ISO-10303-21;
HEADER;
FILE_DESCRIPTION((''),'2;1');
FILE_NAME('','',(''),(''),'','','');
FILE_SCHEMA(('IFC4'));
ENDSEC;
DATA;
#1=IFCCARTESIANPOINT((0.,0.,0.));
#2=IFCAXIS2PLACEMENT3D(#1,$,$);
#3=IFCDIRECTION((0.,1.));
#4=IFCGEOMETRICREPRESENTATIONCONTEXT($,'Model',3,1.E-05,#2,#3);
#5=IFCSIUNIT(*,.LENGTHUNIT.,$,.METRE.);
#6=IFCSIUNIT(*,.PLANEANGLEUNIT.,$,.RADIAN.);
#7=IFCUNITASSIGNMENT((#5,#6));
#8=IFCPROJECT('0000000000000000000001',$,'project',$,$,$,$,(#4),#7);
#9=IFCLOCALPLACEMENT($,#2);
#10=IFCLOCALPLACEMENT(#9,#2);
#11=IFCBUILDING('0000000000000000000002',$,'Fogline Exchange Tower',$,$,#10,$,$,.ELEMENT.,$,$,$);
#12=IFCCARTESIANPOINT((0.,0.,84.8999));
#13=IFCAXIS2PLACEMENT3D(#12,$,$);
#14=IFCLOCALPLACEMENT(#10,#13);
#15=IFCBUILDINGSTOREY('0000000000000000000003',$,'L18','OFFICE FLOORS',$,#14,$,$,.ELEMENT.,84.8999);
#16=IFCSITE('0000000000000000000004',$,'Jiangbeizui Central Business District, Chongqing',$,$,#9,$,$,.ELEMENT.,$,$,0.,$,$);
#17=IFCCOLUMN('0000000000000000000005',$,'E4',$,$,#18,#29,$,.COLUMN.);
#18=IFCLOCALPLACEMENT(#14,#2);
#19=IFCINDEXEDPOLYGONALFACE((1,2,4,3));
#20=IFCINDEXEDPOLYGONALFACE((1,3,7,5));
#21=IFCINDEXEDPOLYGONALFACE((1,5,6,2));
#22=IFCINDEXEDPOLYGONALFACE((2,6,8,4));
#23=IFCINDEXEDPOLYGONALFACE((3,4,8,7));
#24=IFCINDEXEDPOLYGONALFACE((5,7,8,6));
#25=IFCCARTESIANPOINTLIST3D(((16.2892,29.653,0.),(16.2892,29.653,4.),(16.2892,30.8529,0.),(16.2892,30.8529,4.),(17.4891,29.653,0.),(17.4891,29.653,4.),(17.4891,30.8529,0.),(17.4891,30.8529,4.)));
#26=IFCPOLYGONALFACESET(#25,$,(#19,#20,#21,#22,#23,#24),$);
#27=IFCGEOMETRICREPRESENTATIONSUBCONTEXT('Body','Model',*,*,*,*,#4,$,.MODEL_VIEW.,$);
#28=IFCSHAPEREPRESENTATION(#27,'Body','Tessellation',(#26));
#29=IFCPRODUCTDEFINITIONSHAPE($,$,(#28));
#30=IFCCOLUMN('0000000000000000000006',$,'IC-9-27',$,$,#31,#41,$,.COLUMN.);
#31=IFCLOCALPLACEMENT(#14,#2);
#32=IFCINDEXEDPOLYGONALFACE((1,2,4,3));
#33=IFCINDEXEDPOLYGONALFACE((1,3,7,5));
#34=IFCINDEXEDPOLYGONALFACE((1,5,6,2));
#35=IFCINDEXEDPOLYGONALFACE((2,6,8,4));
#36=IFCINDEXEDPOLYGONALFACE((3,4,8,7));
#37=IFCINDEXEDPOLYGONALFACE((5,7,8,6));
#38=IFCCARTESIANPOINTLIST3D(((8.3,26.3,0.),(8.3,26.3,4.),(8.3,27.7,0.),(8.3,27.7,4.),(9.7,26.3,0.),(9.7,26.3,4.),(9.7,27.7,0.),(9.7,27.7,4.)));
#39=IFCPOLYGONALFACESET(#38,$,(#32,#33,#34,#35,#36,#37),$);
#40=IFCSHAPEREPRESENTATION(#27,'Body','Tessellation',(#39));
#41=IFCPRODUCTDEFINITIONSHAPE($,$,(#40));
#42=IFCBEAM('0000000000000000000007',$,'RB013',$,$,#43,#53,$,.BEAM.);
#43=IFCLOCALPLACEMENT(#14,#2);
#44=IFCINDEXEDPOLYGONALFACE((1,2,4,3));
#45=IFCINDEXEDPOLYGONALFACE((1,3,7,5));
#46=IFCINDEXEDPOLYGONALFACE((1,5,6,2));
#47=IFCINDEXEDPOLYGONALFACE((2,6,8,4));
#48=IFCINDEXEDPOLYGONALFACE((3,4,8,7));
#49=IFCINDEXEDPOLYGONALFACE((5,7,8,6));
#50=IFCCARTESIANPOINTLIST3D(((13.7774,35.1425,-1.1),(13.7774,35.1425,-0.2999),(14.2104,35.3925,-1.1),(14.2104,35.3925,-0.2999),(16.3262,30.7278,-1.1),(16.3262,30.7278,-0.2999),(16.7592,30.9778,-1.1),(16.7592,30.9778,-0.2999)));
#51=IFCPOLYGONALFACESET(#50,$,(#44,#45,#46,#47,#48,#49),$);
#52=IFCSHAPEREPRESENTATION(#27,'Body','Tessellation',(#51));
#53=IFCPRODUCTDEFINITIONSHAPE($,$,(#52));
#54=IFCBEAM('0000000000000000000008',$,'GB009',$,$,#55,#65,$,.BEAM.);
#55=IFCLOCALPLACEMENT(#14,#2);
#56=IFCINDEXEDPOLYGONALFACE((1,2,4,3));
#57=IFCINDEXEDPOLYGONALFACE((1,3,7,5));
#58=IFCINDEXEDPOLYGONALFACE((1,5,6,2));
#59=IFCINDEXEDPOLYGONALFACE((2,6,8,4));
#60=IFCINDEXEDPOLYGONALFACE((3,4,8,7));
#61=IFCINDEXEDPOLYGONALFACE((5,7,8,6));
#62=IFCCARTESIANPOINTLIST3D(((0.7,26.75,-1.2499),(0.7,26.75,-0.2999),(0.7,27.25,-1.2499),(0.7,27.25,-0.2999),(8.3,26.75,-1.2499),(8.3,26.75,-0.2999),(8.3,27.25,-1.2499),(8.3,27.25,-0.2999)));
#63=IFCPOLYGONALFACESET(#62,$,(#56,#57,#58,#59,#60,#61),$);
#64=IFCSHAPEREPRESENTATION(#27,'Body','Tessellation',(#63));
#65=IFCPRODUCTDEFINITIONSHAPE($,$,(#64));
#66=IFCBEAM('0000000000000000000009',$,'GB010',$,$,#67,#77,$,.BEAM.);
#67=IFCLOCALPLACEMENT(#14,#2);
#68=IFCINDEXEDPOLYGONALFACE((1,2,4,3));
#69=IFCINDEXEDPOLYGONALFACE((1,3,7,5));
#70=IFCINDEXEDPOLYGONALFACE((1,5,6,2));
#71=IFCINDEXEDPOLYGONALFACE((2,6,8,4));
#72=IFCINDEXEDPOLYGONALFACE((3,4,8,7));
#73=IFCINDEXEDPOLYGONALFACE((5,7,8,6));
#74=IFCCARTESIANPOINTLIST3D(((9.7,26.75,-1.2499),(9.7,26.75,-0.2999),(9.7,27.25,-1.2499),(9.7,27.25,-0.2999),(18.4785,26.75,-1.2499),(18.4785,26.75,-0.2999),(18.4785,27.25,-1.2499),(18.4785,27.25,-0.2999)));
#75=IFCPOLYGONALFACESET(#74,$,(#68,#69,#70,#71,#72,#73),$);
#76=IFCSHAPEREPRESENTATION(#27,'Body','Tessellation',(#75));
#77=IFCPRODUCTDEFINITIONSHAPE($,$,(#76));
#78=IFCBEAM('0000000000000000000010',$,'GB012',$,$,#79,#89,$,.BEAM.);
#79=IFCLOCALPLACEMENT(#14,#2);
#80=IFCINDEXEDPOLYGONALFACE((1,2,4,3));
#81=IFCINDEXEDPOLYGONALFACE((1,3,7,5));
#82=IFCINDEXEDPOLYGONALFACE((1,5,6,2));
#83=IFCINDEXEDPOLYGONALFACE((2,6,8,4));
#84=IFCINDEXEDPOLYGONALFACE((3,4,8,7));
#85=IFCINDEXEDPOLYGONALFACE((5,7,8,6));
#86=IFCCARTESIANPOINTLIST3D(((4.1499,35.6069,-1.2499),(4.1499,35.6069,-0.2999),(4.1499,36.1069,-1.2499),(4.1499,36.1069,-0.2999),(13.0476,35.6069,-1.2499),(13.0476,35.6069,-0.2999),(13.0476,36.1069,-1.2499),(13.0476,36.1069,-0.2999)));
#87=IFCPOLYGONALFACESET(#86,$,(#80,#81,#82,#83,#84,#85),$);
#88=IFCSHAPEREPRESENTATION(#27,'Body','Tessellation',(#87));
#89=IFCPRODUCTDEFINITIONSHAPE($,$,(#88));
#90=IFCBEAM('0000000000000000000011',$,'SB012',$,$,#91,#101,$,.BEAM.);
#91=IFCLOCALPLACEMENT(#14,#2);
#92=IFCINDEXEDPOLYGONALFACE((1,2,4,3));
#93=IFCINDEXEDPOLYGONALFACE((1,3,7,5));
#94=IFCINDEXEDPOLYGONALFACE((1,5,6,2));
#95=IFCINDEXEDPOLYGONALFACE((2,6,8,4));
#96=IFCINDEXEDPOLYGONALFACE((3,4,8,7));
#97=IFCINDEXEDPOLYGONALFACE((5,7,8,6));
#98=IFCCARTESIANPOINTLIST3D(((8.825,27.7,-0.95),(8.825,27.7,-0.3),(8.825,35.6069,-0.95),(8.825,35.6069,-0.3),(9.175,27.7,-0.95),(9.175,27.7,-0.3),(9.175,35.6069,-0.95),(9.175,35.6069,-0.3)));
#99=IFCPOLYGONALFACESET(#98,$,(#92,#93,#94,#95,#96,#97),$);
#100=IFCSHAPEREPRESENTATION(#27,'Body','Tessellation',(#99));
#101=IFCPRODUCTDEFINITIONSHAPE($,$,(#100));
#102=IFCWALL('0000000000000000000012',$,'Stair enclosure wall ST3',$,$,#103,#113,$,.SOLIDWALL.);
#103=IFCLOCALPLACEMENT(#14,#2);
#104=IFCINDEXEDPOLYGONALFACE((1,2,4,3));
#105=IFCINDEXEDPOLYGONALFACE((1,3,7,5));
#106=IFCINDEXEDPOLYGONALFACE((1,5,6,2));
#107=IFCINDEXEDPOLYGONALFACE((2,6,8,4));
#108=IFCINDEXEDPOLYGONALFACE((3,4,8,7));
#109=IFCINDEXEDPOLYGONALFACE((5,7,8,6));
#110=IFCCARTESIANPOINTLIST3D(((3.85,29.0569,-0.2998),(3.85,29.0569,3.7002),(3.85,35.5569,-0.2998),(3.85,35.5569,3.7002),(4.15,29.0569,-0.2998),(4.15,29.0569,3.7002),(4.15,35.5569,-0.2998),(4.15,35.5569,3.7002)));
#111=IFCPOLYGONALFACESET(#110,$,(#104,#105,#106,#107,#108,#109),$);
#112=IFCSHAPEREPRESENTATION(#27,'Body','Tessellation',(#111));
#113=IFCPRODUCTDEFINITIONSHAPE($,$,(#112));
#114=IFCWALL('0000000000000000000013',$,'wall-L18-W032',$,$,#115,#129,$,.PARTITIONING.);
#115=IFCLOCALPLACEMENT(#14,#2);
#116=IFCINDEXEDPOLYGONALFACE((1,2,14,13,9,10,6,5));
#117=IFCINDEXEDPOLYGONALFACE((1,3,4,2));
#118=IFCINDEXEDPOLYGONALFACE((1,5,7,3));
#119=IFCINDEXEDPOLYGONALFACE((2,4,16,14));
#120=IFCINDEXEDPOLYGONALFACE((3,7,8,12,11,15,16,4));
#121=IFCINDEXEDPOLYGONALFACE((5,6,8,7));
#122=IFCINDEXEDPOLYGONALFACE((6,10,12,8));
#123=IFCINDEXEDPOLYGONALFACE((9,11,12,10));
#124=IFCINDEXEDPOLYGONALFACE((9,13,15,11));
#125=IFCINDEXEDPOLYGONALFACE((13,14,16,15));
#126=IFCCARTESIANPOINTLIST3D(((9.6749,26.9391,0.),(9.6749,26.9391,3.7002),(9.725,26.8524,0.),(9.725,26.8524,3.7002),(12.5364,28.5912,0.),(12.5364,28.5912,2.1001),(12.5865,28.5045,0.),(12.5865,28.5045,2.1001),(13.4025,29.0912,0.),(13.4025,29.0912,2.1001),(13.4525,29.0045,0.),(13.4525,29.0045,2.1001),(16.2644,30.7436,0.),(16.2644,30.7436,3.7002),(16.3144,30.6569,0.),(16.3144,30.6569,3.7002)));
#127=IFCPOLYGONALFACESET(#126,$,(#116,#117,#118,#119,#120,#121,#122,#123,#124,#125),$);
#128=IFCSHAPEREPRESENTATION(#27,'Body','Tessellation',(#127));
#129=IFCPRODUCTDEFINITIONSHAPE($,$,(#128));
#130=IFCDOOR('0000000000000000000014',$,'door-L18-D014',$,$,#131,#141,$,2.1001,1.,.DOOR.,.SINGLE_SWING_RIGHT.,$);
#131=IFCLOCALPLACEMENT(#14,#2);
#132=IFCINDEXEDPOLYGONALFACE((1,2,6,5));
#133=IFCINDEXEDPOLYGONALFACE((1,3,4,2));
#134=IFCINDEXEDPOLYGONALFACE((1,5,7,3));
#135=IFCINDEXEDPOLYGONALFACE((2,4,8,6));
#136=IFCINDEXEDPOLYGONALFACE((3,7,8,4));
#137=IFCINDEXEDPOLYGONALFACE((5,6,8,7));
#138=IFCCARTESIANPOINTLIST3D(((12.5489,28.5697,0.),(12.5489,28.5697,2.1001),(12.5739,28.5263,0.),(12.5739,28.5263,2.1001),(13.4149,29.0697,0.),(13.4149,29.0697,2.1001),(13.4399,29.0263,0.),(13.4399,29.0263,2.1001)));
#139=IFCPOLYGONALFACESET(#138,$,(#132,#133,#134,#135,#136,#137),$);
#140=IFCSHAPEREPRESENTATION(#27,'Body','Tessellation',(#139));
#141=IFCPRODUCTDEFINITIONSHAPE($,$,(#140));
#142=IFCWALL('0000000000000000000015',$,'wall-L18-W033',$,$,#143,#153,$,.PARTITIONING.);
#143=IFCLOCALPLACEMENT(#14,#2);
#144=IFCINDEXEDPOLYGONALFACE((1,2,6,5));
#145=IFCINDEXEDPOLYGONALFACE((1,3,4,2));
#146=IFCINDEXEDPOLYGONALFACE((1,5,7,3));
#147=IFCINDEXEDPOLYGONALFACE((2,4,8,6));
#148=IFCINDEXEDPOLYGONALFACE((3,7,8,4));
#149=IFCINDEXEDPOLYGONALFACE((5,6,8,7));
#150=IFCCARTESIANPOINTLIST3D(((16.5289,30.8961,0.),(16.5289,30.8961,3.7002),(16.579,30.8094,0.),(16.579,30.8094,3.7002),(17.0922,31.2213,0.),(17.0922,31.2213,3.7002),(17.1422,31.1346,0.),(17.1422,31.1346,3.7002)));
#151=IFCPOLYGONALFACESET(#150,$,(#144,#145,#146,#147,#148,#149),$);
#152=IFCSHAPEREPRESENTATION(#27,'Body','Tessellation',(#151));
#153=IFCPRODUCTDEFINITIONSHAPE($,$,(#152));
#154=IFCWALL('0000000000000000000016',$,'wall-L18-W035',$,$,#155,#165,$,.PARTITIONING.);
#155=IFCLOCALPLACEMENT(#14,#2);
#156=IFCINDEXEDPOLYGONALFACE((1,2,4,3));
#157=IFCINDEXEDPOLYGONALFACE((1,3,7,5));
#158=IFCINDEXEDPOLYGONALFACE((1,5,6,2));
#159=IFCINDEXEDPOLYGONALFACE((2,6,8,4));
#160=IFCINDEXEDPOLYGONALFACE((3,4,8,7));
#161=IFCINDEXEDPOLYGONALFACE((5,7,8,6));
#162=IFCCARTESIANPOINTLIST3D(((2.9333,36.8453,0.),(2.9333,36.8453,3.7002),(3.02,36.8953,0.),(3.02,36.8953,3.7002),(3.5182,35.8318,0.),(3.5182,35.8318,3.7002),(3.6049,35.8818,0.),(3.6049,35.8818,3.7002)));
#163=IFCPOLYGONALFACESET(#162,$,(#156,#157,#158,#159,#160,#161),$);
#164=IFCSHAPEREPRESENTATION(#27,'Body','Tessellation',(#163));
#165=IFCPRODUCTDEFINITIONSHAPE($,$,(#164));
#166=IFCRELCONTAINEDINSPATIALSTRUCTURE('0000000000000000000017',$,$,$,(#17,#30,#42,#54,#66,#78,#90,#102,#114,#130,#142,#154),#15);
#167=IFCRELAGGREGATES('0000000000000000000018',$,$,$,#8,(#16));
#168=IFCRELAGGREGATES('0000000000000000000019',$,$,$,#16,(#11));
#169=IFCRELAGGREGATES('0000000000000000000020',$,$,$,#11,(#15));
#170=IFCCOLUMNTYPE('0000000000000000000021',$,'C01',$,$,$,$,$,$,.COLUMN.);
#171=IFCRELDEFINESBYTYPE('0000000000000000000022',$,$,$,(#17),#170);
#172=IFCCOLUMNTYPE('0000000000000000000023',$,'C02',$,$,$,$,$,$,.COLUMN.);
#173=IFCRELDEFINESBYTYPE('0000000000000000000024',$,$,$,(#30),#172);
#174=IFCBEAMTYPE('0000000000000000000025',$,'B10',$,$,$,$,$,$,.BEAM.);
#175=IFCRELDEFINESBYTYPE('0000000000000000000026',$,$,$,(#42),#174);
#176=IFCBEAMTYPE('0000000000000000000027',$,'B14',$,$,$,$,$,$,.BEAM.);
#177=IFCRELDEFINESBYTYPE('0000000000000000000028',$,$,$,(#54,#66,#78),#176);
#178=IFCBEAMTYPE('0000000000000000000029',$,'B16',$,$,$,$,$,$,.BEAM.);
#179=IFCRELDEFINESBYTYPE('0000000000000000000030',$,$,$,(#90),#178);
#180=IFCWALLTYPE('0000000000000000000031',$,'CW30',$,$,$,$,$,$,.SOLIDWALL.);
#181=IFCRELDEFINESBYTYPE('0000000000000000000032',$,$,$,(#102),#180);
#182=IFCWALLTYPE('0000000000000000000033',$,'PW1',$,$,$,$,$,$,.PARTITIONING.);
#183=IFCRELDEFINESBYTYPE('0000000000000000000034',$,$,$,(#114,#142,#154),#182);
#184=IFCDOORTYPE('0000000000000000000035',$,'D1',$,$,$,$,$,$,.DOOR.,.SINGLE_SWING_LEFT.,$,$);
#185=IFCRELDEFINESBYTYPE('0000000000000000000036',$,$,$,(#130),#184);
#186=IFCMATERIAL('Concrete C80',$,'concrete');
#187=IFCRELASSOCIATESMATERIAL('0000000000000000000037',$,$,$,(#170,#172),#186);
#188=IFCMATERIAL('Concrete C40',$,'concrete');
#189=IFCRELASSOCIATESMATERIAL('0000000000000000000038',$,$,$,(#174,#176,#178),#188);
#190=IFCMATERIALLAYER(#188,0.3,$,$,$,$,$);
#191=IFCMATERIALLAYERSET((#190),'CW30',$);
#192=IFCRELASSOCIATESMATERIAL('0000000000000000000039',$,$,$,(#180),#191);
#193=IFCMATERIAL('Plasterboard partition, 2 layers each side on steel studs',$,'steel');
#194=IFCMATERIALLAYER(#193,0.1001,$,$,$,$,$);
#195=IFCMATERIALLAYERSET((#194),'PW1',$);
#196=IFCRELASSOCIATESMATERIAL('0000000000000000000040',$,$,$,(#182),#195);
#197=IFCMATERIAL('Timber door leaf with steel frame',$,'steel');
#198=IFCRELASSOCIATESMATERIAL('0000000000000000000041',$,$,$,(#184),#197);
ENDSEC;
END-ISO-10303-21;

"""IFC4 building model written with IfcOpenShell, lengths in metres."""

from ifc_helpers import new_model, si_unit, direction, frame, frame_2d, origin, origin_2d, place, context, subcontext, project, spatial, rectangle, extrude, material, layer, layer_set, material_profile, profile_set, type_object, element, fill, save


model = new_model("IFC4")

# Units and contexts
model_context = context("Model", 3, precision=1e-05, world=origin(), true_north=direction((0.0, 1.0)))
body_context = subcontext(model_context, "Body", "Model", "MODEL_VIEW")
ifc_project = project(units=[si_unit("LENGTHUNIT", "METRE"), si_unit("PLANEANGLEUNIT", "RADIAN")], contexts=[model_context])

# Site, building, storey
site_placement = place(None, origin())
site = spatial("IfcSite", under=ifc_project, at=site_placement, Name="Jiangbeizui Central Business District, Chongqing", CompositionType="ELEMENT", RefElevation=0.0)
building_placement = place(site_placement, origin())
building = spatial("IfcBuilding", under=site, at=building_placement, Name="Fogline Exchange Tower", CompositionType="ELEMENT")
storey_placement = place(building_placement, frame((0.0, 0.0, 84.8999)))
storey = spatial("IfcBuildingStorey", under=building, at=storey_placement, Name="L18", Description="OFFICE FLOORS", CompositionType="ELEMENT", Elevation=84.8999)

# Columns
ifc_material_1 = material(Name="Concrete C80", Category="concrete")
ifc_material_profile_1 = material_profile(ifc_material_1, rectangle(XDim=1.2, YDim=1.2, at=origin_2d()), Name="RC 1200x1200")
ifc_profile_set_1 = profile_set([ifc_material_profile_1], Name="Concrete C80")
column_type_1 = type_object("IfcColumnType", Name="C01", PredefinedType="COLUMN", material=ifc_profile_set_1)
column_1_placement = place(storey_placement, frame((16.8892, 30.2529, 0.0), z_axis=(0.0, 0.0, 1.0), x_axis=(1.0, 0.0, 0.0)))
element("IfcColumn", 1, at=column_1_placement, inside=storey, type_object=column_type_1, Name="E4", PredefinedType="COLUMN", context=body_context, shape_type="SweptSolid", body=[
    extrude(rectangle(XDim=1.2, YDim=1.2, at=origin_2d()), origin(), (0.0, 0.0, 1.0), 4.0),
])
ifc_material_profile_2 = material_profile(ifc_material_1, rectangle(XDim=1.3999, YDim=1.3999, at=origin_2d()), Name="RC 1400x1400")
ifc_profile_set_2 = profile_set([ifc_material_profile_2], Name="Concrete C80")
column_type_2 = type_object("IfcColumnType", Name="C02", PredefinedType="COLUMN", material=ifc_profile_set_2)
column_2_placement = place(storey_placement, frame((9.0, 27.0, 0.0), z_axis=(0.0, 0.0, 1.0), x_axis=(1.0, 0.0, 0.0)))
element("IfcColumn", 2, at=column_2_placement, inside=storey, type_object=column_type_2, Name="IC-9-27", PredefinedType="COLUMN", context=body_context, shape_type="SweptSolid", body=[
    extrude(rectangle(XDim=1.3999, YDim=1.3999, at=origin_2d()), origin(), (0.0, 0.0, 1.0), 4.0),
])

# Beams
ifc_material_2 = material(Name="Concrete C40", Category="concrete")
ifc_material_profile_3 = material_profile(ifc_material_2, rectangle(XDim=0.5, YDim=0.8, at=origin_2d()), Name="RC 500x800")
ifc_profile_set_3 = profile_set([ifc_material_profile_3], Name="Concrete C40")
beam_type_1 = type_object("IfcBeamType", Name="B10", PredefinedType="BEAM", material=ifc_profile_set_3)
beam_1_placement = place(storey_placement, frame((16.5427, 30.8528, -0.7), z_axis=(-0.499992, 0.86603, 0.0), x_axis=(-0.86603, -0.499992, 0.0)))
element("IfcBeam", 3, at=beam_1_placement, inside=storey, type_object=beam_type_1, Name="RB013", PredefinedType="BEAM", context=body_context, shape_type="SweptSolid", body=[
    extrude(rectangle(XDim=0.5, YDim=0.8, at=origin_2d()), origin(), (0.0, 0.0, 1.0), 5.0977),
])
ifc_material_profile_4 = material_profile(ifc_material_2, rectangle(XDim=0.5, YDim=0.95, at=origin_2d()), Name="RC 500x950")
ifc_profile_set_4 = profile_set([ifc_material_profile_4], Name="Concrete C40")
beam_type_2 = type_object("IfcBeamType", Name="B14", PredefinedType="BEAM", material=ifc_profile_set_4)
beam_2_placement = place(storey_placement, frame((0.7, 27.0, -0.7749), z_axis=(1.0, 0.0, 0.0), x_axis=(0.0, 1.0, 0.0)))
element("IfcBeam", 4, at=beam_2_placement, inside=storey, type_object=beam_type_2, Name="GB009", PredefinedType="BEAM", context=body_context, shape_type="SweptSolid", body=[
    extrude(rectangle(XDim=0.5, YDim=0.95, at=origin_2d()), origin(), (0.0, 0.0, 1.0), 7.6001),
])
beam_3_placement = place(storey_placement, frame((9.7, 27.0, -0.7749), z_axis=(1.0, 0.0, 0.0), x_axis=(0.0, 1.0, 0.0)))
element("IfcBeam", 5, at=beam_3_placement, inside=storey, type_object=beam_type_2, Name="GB010", PredefinedType="BEAM", context=body_context, shape_type="SweptSolid", body=[
    extrude(rectangle(XDim=0.5, YDim=0.95, at=origin_2d()), origin(), (0.0, 0.0, 1.0), 8.7786),
])
beam_4_placement = place(storey_placement, frame((4.1499, 35.8569, -0.7749), z_axis=(1.0, 0.0, 0.0), x_axis=(0.0, 1.0, 0.0)))
element("IfcBeam", 6, at=beam_4_placement, inside=storey, type_object=beam_type_2, Name="GB012", PredefinedType="BEAM", context=body_context, shape_type="SweptSolid", body=[
    extrude(rectangle(XDim=0.5, YDim=0.95, at=origin_2d()), origin(), (0.0, 0.0, 1.0), 8.8977),
])
ifc_material_profile_5 = material_profile(ifc_material_2, rectangle(XDim=0.3501, YDim=0.6499, at=origin_2d()), Name="RC 350x650")
ifc_profile_set_5 = profile_set([ifc_material_profile_5], Name="Concrete C40")
beam_type_3 = type_object("IfcBeamType", Name="B16", PredefinedType="BEAM", material=ifc_profile_set_5)
beam_5_placement = place(storey_placement, frame((9.0, 27.7, -0.625), z_axis=(0.0, 1.0, 0.0), x_axis=(-1.0, 0.0, 0.0)))
element("IfcBeam", 7, at=beam_5_placement, inside=storey, type_object=beam_type_3, Name="SB012", PredefinedType="BEAM", context=body_context, shape_type="SweptSolid", body=[
    extrude(rectangle(XDim=0.3501, YDim=0.6499, at=origin_2d()), origin(), (0.0, 0.0, 1.0), 7.907),
])

# Wall
ifc_layer_1 = layer(ifc_material_2, 0.3)
ifc_layer_set_1 = layer_set([ifc_layer_1], Name="CW30")
wall_type_1 = type_object("IfcWallType", Name="CW30", PredefinedType="SOLIDWALL", material=ifc_layer_set_1)
wall_1_placement = place(storey_placement, frame((4.0, 29.0569, -0.2998), z_axis=(0.0, 0.0, 1.0), x_axis=(0.0, 1.0, 0.0)))
element("IfcWall", 8, at=wall_1_placement, inside=storey, type_object=wall_type_1, Name="Stair enclosure wall ST3", PredefinedType="SOLIDWALL", context=body_context, shape_type="SweptSolid", body=[
    extrude(rectangle(XDim=6.5, YDim=0.3, at=frame_2d((3.25, 0.0))), origin(), (0.0, 0.0, 1.0), 4.0),
])

# Wall, opening, door
ifc_material_3 = material(Name="Plasterboard partition, 2 layers each side on steel studs", Category="steel")
ifc_layer_2 = layer(ifc_material_3, 0.1001)
ifc_layer_set_2 = layer_set([ifc_layer_2], Name="PW1")
wall_type_2 = type_object("IfcWallType", Name="PW1", PredefinedType="PARTITIONING", material=ifc_layer_set_2)
wall_2_placement = place(storey_placement, frame((9.7, 26.8958, 0.0), z_axis=(0.0, 0.0, 1.0), x_axis=(0.866021, 0.500008, 0.0)))
wall_2 = element("IfcWall", 9, at=wall_2_placement, inside=storey, type_object=wall_type_2, Name="wall-L18-W032", PredefinedType="PARTITIONING", context=body_context, shape_type="SweptSolid", body=[
    extrude(rectangle(XDim=7.6089, YDim=0.1001, at=frame_2d((3.8044, 0.0))), origin(), (0.0, 0.0, 1.0), 3.7002),
])
opening_1_placement = place(wall_2_placement, frame((3.3042, 0.0, 0.0)))
opening_1 = element("IfcOpeningElement", 10, at=opening_1_placement, cuts=wall_2, PredefinedType="OPENING", context=body_context, shape_type="SweptSolid", body=[
    extrude(rectangle(XDim=1.0, YDim=2.1001, at=frame_2d((0.5, 1.05))), frame((0.0, 0.0601, 0.0), z_axis=(0.0, -1.0, 0.0), x_axis=(1.0, 0.0, 0.0)), (0.0, 0.0, 1.0), 0.1201),
])
ifc_material_4 = material(Name="Timber door leaf with steel frame", Category="steel")
door_type_1 = type_object("IfcDoorType", Name="D1", OperationType="SINGLE_SWING_LEFT", PredefinedType="DOOR", material=ifc_material_4)
door_1_placement = place(opening_1_placement, frame((1.0, 0.0, 0.0), z_axis=(0.0, 0.0, 1.0), x_axis=(-1.0, 0.0, 0.0)))
door_1 = element("IfcDoor", 11, at=door_1_placement, inside=storey, type_object=door_type_1, Name="door-L18-D014", OperationType="SINGLE_SWING_RIGHT", OverallHeight=2.1001, OverallWidth=1.0, PredefinedType="DOOR", context=body_context, shape_type="SweptSolid", body=[
    extrude(rectangle(XDim=1.0, YDim=2.1001, at=frame_2d((0.5, 1.05))), frame((0.0, 0.0249, 0.0), z_axis=(0.0, -1.0, 0.0), x_axis=(1.0, 0.0, 0.0)), (0.0, 0.0, 1.0), 0.05),
])
fill(opening_1, door_1)

# Walls
wall_3_placement = place(storey_placement, frame((16.554, 30.8528, 0.0), z_axis=(0.0, 0.0, 1.0), x_axis=(0.866017, 0.500015, 0.0)))
element("IfcWall", 12, at=wall_3_placement, inside=storey, type_object=wall_type_2, Name="wall-L18-W033", PredefinedType="PARTITIONING", context=body_context, shape_type="SweptSolid", body=[
    extrude(rectangle(XDim=0.6504, YDim=0.1001, at=frame_2d((0.3252, 0.0))), origin(), (0.0, 0.0, 1.0), 3.7002),
])
wall_4_placement = place(storey_placement, frame((3.5615, 35.8569, 0.0), z_axis=(0.0, 0.0, 1.0), x_axis=(-0.499909, 0.866078, 0.0)))
element("IfcWall", 13, at=wall_4_placement, inside=storey, type_object=wall_type_2, Name="wall-L18-W035", PredefinedType="PARTITIONING", context=body_context, shape_type="SweptSolid", body=[
    extrude(rectangle(XDim=1.1702, YDim=0.1001, at=frame_2d((0.585, 0.0))), origin(), (0.0, 0.0, 1.0), 3.7002),
])

save(model, "model.ifc")
